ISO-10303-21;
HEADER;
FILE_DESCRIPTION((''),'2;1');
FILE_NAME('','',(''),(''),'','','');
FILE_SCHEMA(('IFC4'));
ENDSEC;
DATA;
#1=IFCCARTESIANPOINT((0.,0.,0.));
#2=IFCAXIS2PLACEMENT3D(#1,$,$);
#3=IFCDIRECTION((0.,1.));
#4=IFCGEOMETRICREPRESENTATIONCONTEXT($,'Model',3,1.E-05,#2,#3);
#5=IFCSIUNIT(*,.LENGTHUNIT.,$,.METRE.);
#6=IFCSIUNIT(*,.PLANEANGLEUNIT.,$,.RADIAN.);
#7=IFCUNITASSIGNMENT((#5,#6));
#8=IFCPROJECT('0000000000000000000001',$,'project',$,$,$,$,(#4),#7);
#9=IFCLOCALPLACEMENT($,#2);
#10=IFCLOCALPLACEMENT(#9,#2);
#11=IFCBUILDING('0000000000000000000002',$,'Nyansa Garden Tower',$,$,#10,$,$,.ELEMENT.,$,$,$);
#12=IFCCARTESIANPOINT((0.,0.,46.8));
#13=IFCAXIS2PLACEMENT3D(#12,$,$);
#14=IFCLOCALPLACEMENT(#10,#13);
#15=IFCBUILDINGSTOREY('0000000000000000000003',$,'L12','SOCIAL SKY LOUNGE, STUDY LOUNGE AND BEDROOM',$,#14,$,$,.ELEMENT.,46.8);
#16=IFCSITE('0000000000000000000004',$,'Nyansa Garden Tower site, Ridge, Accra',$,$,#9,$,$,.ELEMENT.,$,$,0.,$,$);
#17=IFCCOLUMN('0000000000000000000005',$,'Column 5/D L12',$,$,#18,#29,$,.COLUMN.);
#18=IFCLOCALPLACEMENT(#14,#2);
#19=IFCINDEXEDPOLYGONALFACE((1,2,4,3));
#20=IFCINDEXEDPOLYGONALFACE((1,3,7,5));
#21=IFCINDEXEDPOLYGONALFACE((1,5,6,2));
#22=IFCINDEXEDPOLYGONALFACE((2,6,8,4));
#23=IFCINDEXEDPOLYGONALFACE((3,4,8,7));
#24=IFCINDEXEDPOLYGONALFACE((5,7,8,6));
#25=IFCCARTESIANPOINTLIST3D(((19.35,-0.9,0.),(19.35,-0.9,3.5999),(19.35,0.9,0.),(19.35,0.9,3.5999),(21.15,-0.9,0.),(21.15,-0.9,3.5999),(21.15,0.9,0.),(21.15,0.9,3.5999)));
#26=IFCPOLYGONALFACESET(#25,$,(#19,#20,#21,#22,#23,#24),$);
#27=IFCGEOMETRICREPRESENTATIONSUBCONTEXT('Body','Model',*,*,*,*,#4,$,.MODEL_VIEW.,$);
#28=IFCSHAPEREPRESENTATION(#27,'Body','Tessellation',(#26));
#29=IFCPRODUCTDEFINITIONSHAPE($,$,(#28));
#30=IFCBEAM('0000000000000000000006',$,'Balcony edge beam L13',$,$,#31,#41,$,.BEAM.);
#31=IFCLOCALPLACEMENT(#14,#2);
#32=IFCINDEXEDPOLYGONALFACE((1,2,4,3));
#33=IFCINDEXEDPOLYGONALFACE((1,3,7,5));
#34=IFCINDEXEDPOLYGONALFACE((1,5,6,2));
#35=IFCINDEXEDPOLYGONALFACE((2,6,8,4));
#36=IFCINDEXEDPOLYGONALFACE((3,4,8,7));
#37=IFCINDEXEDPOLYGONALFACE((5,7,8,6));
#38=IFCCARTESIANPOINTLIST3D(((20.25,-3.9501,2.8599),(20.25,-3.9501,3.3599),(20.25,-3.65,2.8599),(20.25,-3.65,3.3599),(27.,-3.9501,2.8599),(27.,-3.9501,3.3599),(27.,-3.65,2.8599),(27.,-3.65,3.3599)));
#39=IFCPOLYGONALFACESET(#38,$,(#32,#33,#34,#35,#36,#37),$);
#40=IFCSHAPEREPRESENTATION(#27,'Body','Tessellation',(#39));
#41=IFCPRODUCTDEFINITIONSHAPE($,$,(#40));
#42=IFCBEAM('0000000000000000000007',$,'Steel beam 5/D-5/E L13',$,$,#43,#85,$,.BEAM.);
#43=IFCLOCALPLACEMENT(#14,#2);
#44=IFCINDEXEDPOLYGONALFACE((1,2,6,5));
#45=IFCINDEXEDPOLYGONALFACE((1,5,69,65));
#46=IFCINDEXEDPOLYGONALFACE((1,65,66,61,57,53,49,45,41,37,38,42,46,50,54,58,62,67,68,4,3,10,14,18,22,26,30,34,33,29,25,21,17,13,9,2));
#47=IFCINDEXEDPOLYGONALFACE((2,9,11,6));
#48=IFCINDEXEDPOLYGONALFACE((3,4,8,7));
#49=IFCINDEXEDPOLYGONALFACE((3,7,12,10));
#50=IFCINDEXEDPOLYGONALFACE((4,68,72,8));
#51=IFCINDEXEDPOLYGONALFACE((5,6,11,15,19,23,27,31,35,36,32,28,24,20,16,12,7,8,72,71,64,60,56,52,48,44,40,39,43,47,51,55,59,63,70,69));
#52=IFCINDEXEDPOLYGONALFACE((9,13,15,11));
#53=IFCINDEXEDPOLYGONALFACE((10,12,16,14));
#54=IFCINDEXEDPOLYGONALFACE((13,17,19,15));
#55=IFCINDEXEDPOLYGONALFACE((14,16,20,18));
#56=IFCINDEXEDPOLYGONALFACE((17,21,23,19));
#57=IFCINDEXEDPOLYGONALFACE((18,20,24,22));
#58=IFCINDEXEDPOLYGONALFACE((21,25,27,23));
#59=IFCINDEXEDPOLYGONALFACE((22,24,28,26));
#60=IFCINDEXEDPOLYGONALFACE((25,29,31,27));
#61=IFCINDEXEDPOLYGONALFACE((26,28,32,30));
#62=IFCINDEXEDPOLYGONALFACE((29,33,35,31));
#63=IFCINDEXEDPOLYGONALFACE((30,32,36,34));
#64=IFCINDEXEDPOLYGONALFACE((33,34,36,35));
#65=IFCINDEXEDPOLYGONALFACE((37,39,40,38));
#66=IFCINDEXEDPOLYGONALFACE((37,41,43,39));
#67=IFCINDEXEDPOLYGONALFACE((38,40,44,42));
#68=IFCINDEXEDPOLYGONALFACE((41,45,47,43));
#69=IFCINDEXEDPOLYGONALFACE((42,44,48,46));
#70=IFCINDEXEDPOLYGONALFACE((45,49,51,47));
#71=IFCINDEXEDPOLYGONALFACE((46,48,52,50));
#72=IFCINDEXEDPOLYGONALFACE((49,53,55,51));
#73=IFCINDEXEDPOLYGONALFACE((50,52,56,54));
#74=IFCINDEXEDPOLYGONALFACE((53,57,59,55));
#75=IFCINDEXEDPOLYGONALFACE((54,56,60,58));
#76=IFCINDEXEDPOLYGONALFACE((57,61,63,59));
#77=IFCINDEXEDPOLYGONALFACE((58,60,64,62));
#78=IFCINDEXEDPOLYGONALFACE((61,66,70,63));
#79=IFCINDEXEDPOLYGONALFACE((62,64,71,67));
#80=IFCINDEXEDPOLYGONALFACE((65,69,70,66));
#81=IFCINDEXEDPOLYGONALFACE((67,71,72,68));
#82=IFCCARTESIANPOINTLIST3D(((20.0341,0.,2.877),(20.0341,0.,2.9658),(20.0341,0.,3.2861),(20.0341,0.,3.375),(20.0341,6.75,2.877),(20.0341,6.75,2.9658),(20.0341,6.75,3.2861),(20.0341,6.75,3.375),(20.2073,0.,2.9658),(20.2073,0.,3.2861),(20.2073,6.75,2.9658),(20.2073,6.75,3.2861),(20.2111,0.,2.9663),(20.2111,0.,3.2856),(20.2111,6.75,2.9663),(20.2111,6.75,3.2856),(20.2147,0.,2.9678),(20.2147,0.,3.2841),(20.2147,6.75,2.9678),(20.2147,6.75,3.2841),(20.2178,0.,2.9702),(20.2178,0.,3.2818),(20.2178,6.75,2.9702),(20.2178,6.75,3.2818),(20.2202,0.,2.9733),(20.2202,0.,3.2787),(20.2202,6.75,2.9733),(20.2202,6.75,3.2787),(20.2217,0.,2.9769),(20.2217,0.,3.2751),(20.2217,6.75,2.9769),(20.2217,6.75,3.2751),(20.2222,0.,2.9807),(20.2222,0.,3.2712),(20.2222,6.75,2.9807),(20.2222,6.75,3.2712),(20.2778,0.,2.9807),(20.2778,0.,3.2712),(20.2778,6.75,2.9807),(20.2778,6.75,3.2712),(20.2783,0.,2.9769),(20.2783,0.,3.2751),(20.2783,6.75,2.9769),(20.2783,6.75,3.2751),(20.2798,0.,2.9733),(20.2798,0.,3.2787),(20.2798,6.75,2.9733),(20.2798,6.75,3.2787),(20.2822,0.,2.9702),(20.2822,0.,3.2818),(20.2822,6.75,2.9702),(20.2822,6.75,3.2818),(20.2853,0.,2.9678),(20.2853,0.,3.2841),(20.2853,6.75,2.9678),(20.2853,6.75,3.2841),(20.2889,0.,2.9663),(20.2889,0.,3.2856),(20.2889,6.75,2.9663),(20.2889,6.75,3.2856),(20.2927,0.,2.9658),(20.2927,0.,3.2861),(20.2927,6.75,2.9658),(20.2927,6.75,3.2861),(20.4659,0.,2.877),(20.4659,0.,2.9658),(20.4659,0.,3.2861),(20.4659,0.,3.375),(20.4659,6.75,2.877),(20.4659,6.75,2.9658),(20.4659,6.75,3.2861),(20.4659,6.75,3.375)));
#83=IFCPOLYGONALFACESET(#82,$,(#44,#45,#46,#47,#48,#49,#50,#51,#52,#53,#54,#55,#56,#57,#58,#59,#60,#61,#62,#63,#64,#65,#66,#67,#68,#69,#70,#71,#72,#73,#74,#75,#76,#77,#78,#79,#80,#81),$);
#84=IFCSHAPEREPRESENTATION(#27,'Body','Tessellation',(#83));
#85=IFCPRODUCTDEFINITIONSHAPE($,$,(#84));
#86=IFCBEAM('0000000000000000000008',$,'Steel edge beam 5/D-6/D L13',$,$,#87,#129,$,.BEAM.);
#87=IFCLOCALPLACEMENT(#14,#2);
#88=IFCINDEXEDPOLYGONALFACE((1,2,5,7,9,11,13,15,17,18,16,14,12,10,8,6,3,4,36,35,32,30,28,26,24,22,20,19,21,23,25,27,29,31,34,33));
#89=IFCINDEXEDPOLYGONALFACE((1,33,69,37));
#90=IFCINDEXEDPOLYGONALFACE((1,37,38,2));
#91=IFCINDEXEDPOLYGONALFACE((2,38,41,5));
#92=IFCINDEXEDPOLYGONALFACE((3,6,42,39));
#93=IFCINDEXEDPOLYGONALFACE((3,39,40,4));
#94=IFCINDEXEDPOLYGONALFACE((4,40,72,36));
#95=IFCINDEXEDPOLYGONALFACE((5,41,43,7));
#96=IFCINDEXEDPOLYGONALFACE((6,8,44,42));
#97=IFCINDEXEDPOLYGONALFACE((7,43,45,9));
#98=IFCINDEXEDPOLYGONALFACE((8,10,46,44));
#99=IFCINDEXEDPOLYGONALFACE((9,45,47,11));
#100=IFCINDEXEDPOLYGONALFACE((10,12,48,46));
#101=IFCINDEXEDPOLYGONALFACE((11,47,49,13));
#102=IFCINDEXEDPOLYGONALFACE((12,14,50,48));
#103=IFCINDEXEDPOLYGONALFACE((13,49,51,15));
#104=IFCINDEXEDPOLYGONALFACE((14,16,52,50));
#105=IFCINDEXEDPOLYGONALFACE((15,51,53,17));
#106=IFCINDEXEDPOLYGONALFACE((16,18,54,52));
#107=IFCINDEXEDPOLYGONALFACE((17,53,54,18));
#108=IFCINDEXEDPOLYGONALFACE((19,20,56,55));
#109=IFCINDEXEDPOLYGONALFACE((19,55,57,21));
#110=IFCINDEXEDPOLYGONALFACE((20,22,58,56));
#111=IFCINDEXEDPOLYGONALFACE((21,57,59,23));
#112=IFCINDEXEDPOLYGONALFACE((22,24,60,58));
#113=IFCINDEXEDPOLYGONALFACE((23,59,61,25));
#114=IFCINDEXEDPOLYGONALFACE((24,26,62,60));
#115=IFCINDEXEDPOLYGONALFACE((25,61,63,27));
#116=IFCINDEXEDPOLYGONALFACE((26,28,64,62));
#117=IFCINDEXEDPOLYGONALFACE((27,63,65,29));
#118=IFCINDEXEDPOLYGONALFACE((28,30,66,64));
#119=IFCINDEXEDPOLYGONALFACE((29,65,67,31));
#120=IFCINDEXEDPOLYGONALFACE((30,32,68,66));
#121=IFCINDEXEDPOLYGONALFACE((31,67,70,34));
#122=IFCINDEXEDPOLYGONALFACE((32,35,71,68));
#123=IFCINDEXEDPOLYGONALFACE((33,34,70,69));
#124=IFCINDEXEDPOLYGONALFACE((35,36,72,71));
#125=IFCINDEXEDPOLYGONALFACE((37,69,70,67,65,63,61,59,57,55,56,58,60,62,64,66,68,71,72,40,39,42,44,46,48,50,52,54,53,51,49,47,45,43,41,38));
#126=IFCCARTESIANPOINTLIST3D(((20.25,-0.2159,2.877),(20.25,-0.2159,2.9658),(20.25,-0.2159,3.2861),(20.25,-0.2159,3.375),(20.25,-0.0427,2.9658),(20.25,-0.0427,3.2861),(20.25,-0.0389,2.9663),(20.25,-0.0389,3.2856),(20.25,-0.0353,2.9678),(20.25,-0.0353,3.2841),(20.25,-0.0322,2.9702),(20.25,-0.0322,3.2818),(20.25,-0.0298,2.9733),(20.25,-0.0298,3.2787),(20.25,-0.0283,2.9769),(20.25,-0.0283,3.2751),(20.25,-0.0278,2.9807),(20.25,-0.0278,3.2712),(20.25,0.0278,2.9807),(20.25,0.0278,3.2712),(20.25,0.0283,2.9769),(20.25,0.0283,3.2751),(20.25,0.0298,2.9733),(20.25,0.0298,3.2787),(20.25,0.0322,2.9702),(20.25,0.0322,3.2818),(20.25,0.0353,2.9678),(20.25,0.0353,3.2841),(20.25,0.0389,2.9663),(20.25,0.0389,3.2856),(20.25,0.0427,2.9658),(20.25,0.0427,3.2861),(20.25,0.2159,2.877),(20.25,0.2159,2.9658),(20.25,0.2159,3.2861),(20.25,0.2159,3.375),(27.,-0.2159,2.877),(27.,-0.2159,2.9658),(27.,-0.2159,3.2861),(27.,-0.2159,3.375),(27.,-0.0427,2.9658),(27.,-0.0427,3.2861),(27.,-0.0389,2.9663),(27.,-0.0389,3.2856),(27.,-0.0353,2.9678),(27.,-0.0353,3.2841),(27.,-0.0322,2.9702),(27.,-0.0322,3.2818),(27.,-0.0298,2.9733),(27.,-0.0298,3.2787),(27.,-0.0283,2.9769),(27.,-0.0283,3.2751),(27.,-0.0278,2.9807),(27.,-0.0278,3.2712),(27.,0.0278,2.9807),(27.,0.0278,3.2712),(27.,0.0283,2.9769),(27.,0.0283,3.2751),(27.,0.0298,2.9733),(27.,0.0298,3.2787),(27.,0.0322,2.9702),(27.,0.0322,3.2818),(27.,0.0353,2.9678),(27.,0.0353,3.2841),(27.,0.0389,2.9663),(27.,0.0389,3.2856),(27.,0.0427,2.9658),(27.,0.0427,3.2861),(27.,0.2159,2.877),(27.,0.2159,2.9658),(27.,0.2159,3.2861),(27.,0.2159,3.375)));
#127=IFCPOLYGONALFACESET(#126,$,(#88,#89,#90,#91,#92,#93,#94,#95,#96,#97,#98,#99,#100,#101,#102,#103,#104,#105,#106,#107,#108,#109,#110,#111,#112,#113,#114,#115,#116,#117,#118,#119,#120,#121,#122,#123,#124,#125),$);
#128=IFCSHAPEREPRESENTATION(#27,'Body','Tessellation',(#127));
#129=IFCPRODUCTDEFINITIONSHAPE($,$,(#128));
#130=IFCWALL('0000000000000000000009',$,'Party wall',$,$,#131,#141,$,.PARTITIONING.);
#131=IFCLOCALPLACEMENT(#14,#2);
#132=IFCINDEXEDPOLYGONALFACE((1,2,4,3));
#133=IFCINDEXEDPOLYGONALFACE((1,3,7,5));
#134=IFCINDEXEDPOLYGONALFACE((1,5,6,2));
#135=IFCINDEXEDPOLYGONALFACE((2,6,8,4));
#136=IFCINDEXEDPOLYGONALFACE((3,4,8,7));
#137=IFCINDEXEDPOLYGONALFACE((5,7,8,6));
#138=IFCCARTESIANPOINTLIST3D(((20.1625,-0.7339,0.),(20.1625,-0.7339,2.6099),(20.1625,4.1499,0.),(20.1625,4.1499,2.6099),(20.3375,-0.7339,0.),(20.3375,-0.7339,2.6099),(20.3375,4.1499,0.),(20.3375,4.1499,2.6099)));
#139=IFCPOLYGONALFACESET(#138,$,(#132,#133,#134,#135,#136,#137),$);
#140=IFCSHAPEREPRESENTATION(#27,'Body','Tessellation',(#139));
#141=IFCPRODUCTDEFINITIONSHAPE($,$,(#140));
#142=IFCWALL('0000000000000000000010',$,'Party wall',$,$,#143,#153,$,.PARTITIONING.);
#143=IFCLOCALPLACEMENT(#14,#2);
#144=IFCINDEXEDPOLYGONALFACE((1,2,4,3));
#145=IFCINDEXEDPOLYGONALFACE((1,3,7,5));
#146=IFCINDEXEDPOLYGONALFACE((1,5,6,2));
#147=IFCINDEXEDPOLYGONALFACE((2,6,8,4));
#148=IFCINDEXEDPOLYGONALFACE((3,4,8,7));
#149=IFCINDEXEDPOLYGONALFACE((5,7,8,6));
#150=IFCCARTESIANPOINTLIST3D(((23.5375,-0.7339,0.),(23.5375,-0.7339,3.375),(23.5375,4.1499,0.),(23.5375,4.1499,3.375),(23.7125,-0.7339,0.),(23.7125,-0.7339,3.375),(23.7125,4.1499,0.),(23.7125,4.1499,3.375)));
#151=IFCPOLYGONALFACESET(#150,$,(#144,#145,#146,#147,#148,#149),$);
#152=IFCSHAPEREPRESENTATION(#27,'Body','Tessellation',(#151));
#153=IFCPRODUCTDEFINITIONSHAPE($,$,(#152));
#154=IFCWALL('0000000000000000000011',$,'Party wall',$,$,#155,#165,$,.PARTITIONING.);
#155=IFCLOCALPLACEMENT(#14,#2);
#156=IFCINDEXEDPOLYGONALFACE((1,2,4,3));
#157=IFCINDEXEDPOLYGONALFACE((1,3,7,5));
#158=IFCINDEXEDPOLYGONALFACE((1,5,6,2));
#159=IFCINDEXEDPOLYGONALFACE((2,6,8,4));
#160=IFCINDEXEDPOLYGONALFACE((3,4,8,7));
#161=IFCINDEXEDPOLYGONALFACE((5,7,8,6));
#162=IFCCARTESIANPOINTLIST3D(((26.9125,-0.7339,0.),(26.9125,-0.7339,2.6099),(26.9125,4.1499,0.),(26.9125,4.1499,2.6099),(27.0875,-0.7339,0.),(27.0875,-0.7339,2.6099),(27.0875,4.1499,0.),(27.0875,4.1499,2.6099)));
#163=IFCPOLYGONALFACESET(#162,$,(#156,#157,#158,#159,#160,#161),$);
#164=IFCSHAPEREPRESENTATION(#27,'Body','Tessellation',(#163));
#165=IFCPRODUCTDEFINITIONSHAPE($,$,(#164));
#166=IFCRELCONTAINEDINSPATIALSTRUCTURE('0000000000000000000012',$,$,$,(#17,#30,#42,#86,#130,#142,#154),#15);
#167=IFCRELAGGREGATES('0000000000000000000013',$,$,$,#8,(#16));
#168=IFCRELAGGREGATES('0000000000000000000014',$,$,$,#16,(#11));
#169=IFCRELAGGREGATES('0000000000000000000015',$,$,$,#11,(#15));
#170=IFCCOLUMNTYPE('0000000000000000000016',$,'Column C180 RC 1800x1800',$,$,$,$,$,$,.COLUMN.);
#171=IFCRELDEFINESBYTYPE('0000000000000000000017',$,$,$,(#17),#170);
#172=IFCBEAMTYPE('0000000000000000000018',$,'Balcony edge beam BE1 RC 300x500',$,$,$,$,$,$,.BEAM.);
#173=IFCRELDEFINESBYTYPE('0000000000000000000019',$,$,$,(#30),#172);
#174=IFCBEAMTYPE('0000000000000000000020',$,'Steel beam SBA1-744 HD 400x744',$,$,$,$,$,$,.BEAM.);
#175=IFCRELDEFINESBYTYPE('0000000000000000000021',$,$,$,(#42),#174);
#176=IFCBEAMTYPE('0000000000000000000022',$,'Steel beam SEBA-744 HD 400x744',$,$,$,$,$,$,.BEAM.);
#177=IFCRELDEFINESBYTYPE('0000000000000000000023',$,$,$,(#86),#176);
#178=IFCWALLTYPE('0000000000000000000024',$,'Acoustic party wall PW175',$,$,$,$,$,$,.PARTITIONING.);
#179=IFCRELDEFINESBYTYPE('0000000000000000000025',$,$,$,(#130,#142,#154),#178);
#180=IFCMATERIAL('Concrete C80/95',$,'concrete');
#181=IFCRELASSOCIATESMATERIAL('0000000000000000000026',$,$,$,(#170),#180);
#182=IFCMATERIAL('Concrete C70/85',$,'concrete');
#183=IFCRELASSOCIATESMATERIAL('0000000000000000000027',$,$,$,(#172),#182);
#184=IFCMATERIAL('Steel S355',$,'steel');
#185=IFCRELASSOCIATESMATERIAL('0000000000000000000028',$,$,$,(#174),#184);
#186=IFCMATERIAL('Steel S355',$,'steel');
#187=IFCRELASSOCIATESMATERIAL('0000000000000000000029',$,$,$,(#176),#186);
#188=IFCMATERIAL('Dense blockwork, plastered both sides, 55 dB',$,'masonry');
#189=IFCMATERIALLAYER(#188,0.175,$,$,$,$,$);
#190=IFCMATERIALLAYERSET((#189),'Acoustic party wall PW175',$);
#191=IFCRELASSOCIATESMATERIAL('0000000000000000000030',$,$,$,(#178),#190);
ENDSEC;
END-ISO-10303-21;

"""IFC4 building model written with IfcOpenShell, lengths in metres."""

from ifc_helpers import new_model, si_unit, direction, frame, frame_2d, origin, origin_2d, place, context, subcontext, project, spatial, rectangle, i_section, extrude, material, layer, layer_set, material_profile, profile_set, type_object, element, save


model = new_model("IFC4")

# Units and contexts
model_context = context("Model", 3, precision=1e-05, world=origin(), true_north=direction((0.0, 1.0)))
body_context = subcontext(model_context, "Body", "Model", "MODEL_VIEW")
ifc_project = project(units=[si_unit("LENGTHUNIT", "METRE"), si_unit("PLANEANGLEUNIT", "RADIAN")], contexts=[model_context])

# Site, building, storey
site_placement = place(None, origin())
site = spatial("IfcSite", under=ifc_project, at=site_placement, Name="Nyansa Garden Tower site, Ridge, Accra", CompositionType="ELEMENT", RefElevation=0.0)
building_placement = place(site_placement, origin())
building = spatial("IfcBuilding", under=site, at=building_placement, Name="Nyansa Garden Tower", CompositionType="ELEMENT")
storey_placement = place(building_placement, frame((0.0, 0.0, 46.8)))
storey = spatial("IfcBuildingStorey", under=building, at=storey_placement, Name="L12", Description="SOCIAL SKY LOUNGE, STUDY LOUNGE AND BEDROOM", CompositionType="ELEMENT", Elevation=46.8)

# Column
ifc_material_1 = material(Name="Concrete C80/95", Category="concrete")
ifc_material_profile_1 = material_profile(ifc_material_1, rectangle(XDim=1.8, YDim=1.8, at=origin_2d()), Name="RC 1800x1800")
ifc_profile_set_1 = profile_set([ifc_material_profile_1], Name="Concrete C80/95")
column_type = type_object("IfcColumnType", Name="Column C180 RC 1800x1800", PredefinedType="COLUMN", material=ifc_profile_set_1)
column_placement = place(storey_placement, frame((20.25, 0.0, 0.0), z_axis=(0.0, 0.0, 1.0), x_axis=(1.0, 0.0, 0.0)))
element("IfcColumn", 1, at=column_placement, inside=storey, type_object=column_type, Name="Column 5/D L12", PredefinedType="COLUMN", context=body_context, shape_type="SweptSolid", body=[
    extrude(rectangle(XDim=1.8, YDim=1.8, at=origin_2d()), origin(), (0.0, 0.0, 1.0), 3.5999),
])

# Beams
ifc_material_2 = material(Name="Concrete C70/85", Category="concrete")
ifc_material_profile_2 = material_profile(ifc_material_2, rectangle(XDim=0.3, YDim=0.5, at=origin_2d()), Name="RC 300x500")
ifc_profile_set_2 = profile_set([ifc_material_profile_2], Name="Concrete C70/85")
beam_type_1 = type_object("IfcBeamType", Name="Balcony edge beam BE1 RC 300x500", PredefinedType="BEAM", material=ifc_profile_set_2)
beam_1_placement = place(storey_placement, frame((20.25, -3.8, 3.1099), z_axis=(1.0, 0.0, 0.0), x_axis=(0.0, 1.0, 0.0)))
element("IfcBeam", 2, at=beam_1_placement, inside=storey, type_object=beam_type_1, Name="Balcony edge beam L13", PredefinedType="BEAM", context=body_context, shape_type="SweptSolid", body=[
    extrude(rectangle(XDim=0.3, YDim=0.5, at=origin_2d()), origin(), (0.0, 0.0, 1.0), 6.75),
])
ifc_material_3 = material(Name="Steel S355", Category="steel")
ifc_material_profile_3 = material_profile(ifc_material_3, i_section(OverallWidth=0.4319, OverallDepth=0.498, WebThickness=0.0557, FlangeThickness=0.0889, FilletRadius=0.0149, at=origin_2d()), Name="HD 400x744")
ifc_profile_set_3 = profile_set([ifc_material_profile_3], Name="Steel S355")
beam_type_2 = type_object("IfcBeamType", Name="Steel beam SBA1-744 HD 400x744", PredefinedType="BEAM", material=ifc_profile_set_3)
beam_2_placement = place(storey_placement, frame((20.25, 0.0, 3.126), z_axis=(0.0, 1.0, 0.0), x_axis=(-1.0, 0.0, 0.0)))
element("IfcBeam", 3, at=beam_2_placement, inside=storey, type_object=beam_type_2, Name="Steel beam 5/D-5/E L13", PredefinedType="BEAM", context=body_context, shape_type="SweptSolid", body=[
    extrude(i_section(OverallWidth=0.4319, OverallDepth=0.498, WebThickness=0.0557, FlangeThickness=0.0889, FilletRadius=0.0149, at=origin_2d()), origin(), (0.0, 0.0, 1.0), 6.75),
])
ifc_material_4 = material(Name="Steel S355", Category="steel")
ifc_material_profile_4 = material_profile(ifc_material_4, i_section(OverallWidth=0.4319, OverallDepth=0.498, WebThickness=0.0557, FlangeThickness=0.0889, FilletRadius=0.0149, at=origin_2d()), Name="HD 400x744")
ifc_profile_set_4 = profile_set([ifc_material_profile_4], Name="Steel S355")
beam_type_3 = type_object("IfcBeamType", Name="Steel beam SEBA-744 HD 400x744", PredefinedType="BEAM", material=ifc_profile_set_4)
beam_3_placement = place(storey_placement, frame((20.25, 0.0, 3.126), z_axis=(1.0, 0.0, 0.0), x_axis=(0.0, 1.0, 0.0)))
element("IfcBeam", 4, at=beam_3_placement, inside=storey, type_object=beam_type_3, Name="Steel edge beam 5/D-6/D L13", PredefinedType="BEAM", context=body_context, shape_type="SweptSolid", body=[
    extrude(i_section(OverallWidth=0.4319, OverallDepth=0.498, WebThickness=0.0557, FlangeThickness=0.0889, FilletRadius=0.0149, at=origin_2d()), origin(), (0.0, 0.0, 1.0), 6.75),
])

# Walls
ifc_material_5 = material(Name="Dense blockwork, plastered both sides, 55 dB", Category="masonry")
ifc_layer_1 = layer(ifc_material_5, 0.175)
ifc_layer_set_1 = layer_set([ifc_layer_1], Name="Acoustic party wall PW175")
wall_type_1 = type_object("IfcWallType", Name="Acoustic party wall PW175", PredefinedType="PARTITIONING", material=ifc_layer_set_1)
wall_1_placement = place(storey_placement, frame((20.25, -0.7339, 0.0), z_axis=(0.0, 0.0, 1.0), x_axis=(0.0, 1.0, 0.0)))
element("IfcWall", 5, at=wall_1_placement, inside=storey, type_object=wall_type_1, Name="Party wall", PredefinedType="PARTITIONING", context=body_context, shape_type="SweptSolid", body=[
    extrude(rectangle(XDim=4.8838, YDim=0.175, at=frame_2d((2.4419, 0.0))), origin(), (0.0, 0.0, 1.0), 2.6099),
])
wall_2_placement = place(storey_placement, frame((23.625, -0.7339, 0.0), z_axis=(0.0, 0.0, 1.0), x_axis=(0.0, 1.0, 0.0)))
element("IfcWall", 6, at=wall_2_placement, inside=storey, type_object=wall_type_1, Name="Party wall", PredefinedType="PARTITIONING", context=body_context, shape_type="SweptSolid", body=[
    extrude(rectangle(XDim=4.8838, YDim=0.175, at=frame_2d((2.4419, 0.0))), origin(), (0.0, 0.0, 1.0), 3.375),
])
wall_3_placement = place(storey_placement, frame((27.0, -0.7339, 0.0), z_axis=(0.0, 0.0, 1.0), x_axis=(0.0, 1.0, 0.0)))
element("IfcWall", 7, at=wall_3_placement, inside=storey, type_object=wall_type_1, Name="Party wall", PredefinedType="PARTITIONING", context=body_context, shape_type="SweptSolid", body=[
    extrude(rectangle(XDim=4.8838, YDim=0.175, at=frame_2d((2.4419, 0.0))), origin(), (0.0, 0.0, 1.0), 2.6099),
])

save(model, "model.ifc")
